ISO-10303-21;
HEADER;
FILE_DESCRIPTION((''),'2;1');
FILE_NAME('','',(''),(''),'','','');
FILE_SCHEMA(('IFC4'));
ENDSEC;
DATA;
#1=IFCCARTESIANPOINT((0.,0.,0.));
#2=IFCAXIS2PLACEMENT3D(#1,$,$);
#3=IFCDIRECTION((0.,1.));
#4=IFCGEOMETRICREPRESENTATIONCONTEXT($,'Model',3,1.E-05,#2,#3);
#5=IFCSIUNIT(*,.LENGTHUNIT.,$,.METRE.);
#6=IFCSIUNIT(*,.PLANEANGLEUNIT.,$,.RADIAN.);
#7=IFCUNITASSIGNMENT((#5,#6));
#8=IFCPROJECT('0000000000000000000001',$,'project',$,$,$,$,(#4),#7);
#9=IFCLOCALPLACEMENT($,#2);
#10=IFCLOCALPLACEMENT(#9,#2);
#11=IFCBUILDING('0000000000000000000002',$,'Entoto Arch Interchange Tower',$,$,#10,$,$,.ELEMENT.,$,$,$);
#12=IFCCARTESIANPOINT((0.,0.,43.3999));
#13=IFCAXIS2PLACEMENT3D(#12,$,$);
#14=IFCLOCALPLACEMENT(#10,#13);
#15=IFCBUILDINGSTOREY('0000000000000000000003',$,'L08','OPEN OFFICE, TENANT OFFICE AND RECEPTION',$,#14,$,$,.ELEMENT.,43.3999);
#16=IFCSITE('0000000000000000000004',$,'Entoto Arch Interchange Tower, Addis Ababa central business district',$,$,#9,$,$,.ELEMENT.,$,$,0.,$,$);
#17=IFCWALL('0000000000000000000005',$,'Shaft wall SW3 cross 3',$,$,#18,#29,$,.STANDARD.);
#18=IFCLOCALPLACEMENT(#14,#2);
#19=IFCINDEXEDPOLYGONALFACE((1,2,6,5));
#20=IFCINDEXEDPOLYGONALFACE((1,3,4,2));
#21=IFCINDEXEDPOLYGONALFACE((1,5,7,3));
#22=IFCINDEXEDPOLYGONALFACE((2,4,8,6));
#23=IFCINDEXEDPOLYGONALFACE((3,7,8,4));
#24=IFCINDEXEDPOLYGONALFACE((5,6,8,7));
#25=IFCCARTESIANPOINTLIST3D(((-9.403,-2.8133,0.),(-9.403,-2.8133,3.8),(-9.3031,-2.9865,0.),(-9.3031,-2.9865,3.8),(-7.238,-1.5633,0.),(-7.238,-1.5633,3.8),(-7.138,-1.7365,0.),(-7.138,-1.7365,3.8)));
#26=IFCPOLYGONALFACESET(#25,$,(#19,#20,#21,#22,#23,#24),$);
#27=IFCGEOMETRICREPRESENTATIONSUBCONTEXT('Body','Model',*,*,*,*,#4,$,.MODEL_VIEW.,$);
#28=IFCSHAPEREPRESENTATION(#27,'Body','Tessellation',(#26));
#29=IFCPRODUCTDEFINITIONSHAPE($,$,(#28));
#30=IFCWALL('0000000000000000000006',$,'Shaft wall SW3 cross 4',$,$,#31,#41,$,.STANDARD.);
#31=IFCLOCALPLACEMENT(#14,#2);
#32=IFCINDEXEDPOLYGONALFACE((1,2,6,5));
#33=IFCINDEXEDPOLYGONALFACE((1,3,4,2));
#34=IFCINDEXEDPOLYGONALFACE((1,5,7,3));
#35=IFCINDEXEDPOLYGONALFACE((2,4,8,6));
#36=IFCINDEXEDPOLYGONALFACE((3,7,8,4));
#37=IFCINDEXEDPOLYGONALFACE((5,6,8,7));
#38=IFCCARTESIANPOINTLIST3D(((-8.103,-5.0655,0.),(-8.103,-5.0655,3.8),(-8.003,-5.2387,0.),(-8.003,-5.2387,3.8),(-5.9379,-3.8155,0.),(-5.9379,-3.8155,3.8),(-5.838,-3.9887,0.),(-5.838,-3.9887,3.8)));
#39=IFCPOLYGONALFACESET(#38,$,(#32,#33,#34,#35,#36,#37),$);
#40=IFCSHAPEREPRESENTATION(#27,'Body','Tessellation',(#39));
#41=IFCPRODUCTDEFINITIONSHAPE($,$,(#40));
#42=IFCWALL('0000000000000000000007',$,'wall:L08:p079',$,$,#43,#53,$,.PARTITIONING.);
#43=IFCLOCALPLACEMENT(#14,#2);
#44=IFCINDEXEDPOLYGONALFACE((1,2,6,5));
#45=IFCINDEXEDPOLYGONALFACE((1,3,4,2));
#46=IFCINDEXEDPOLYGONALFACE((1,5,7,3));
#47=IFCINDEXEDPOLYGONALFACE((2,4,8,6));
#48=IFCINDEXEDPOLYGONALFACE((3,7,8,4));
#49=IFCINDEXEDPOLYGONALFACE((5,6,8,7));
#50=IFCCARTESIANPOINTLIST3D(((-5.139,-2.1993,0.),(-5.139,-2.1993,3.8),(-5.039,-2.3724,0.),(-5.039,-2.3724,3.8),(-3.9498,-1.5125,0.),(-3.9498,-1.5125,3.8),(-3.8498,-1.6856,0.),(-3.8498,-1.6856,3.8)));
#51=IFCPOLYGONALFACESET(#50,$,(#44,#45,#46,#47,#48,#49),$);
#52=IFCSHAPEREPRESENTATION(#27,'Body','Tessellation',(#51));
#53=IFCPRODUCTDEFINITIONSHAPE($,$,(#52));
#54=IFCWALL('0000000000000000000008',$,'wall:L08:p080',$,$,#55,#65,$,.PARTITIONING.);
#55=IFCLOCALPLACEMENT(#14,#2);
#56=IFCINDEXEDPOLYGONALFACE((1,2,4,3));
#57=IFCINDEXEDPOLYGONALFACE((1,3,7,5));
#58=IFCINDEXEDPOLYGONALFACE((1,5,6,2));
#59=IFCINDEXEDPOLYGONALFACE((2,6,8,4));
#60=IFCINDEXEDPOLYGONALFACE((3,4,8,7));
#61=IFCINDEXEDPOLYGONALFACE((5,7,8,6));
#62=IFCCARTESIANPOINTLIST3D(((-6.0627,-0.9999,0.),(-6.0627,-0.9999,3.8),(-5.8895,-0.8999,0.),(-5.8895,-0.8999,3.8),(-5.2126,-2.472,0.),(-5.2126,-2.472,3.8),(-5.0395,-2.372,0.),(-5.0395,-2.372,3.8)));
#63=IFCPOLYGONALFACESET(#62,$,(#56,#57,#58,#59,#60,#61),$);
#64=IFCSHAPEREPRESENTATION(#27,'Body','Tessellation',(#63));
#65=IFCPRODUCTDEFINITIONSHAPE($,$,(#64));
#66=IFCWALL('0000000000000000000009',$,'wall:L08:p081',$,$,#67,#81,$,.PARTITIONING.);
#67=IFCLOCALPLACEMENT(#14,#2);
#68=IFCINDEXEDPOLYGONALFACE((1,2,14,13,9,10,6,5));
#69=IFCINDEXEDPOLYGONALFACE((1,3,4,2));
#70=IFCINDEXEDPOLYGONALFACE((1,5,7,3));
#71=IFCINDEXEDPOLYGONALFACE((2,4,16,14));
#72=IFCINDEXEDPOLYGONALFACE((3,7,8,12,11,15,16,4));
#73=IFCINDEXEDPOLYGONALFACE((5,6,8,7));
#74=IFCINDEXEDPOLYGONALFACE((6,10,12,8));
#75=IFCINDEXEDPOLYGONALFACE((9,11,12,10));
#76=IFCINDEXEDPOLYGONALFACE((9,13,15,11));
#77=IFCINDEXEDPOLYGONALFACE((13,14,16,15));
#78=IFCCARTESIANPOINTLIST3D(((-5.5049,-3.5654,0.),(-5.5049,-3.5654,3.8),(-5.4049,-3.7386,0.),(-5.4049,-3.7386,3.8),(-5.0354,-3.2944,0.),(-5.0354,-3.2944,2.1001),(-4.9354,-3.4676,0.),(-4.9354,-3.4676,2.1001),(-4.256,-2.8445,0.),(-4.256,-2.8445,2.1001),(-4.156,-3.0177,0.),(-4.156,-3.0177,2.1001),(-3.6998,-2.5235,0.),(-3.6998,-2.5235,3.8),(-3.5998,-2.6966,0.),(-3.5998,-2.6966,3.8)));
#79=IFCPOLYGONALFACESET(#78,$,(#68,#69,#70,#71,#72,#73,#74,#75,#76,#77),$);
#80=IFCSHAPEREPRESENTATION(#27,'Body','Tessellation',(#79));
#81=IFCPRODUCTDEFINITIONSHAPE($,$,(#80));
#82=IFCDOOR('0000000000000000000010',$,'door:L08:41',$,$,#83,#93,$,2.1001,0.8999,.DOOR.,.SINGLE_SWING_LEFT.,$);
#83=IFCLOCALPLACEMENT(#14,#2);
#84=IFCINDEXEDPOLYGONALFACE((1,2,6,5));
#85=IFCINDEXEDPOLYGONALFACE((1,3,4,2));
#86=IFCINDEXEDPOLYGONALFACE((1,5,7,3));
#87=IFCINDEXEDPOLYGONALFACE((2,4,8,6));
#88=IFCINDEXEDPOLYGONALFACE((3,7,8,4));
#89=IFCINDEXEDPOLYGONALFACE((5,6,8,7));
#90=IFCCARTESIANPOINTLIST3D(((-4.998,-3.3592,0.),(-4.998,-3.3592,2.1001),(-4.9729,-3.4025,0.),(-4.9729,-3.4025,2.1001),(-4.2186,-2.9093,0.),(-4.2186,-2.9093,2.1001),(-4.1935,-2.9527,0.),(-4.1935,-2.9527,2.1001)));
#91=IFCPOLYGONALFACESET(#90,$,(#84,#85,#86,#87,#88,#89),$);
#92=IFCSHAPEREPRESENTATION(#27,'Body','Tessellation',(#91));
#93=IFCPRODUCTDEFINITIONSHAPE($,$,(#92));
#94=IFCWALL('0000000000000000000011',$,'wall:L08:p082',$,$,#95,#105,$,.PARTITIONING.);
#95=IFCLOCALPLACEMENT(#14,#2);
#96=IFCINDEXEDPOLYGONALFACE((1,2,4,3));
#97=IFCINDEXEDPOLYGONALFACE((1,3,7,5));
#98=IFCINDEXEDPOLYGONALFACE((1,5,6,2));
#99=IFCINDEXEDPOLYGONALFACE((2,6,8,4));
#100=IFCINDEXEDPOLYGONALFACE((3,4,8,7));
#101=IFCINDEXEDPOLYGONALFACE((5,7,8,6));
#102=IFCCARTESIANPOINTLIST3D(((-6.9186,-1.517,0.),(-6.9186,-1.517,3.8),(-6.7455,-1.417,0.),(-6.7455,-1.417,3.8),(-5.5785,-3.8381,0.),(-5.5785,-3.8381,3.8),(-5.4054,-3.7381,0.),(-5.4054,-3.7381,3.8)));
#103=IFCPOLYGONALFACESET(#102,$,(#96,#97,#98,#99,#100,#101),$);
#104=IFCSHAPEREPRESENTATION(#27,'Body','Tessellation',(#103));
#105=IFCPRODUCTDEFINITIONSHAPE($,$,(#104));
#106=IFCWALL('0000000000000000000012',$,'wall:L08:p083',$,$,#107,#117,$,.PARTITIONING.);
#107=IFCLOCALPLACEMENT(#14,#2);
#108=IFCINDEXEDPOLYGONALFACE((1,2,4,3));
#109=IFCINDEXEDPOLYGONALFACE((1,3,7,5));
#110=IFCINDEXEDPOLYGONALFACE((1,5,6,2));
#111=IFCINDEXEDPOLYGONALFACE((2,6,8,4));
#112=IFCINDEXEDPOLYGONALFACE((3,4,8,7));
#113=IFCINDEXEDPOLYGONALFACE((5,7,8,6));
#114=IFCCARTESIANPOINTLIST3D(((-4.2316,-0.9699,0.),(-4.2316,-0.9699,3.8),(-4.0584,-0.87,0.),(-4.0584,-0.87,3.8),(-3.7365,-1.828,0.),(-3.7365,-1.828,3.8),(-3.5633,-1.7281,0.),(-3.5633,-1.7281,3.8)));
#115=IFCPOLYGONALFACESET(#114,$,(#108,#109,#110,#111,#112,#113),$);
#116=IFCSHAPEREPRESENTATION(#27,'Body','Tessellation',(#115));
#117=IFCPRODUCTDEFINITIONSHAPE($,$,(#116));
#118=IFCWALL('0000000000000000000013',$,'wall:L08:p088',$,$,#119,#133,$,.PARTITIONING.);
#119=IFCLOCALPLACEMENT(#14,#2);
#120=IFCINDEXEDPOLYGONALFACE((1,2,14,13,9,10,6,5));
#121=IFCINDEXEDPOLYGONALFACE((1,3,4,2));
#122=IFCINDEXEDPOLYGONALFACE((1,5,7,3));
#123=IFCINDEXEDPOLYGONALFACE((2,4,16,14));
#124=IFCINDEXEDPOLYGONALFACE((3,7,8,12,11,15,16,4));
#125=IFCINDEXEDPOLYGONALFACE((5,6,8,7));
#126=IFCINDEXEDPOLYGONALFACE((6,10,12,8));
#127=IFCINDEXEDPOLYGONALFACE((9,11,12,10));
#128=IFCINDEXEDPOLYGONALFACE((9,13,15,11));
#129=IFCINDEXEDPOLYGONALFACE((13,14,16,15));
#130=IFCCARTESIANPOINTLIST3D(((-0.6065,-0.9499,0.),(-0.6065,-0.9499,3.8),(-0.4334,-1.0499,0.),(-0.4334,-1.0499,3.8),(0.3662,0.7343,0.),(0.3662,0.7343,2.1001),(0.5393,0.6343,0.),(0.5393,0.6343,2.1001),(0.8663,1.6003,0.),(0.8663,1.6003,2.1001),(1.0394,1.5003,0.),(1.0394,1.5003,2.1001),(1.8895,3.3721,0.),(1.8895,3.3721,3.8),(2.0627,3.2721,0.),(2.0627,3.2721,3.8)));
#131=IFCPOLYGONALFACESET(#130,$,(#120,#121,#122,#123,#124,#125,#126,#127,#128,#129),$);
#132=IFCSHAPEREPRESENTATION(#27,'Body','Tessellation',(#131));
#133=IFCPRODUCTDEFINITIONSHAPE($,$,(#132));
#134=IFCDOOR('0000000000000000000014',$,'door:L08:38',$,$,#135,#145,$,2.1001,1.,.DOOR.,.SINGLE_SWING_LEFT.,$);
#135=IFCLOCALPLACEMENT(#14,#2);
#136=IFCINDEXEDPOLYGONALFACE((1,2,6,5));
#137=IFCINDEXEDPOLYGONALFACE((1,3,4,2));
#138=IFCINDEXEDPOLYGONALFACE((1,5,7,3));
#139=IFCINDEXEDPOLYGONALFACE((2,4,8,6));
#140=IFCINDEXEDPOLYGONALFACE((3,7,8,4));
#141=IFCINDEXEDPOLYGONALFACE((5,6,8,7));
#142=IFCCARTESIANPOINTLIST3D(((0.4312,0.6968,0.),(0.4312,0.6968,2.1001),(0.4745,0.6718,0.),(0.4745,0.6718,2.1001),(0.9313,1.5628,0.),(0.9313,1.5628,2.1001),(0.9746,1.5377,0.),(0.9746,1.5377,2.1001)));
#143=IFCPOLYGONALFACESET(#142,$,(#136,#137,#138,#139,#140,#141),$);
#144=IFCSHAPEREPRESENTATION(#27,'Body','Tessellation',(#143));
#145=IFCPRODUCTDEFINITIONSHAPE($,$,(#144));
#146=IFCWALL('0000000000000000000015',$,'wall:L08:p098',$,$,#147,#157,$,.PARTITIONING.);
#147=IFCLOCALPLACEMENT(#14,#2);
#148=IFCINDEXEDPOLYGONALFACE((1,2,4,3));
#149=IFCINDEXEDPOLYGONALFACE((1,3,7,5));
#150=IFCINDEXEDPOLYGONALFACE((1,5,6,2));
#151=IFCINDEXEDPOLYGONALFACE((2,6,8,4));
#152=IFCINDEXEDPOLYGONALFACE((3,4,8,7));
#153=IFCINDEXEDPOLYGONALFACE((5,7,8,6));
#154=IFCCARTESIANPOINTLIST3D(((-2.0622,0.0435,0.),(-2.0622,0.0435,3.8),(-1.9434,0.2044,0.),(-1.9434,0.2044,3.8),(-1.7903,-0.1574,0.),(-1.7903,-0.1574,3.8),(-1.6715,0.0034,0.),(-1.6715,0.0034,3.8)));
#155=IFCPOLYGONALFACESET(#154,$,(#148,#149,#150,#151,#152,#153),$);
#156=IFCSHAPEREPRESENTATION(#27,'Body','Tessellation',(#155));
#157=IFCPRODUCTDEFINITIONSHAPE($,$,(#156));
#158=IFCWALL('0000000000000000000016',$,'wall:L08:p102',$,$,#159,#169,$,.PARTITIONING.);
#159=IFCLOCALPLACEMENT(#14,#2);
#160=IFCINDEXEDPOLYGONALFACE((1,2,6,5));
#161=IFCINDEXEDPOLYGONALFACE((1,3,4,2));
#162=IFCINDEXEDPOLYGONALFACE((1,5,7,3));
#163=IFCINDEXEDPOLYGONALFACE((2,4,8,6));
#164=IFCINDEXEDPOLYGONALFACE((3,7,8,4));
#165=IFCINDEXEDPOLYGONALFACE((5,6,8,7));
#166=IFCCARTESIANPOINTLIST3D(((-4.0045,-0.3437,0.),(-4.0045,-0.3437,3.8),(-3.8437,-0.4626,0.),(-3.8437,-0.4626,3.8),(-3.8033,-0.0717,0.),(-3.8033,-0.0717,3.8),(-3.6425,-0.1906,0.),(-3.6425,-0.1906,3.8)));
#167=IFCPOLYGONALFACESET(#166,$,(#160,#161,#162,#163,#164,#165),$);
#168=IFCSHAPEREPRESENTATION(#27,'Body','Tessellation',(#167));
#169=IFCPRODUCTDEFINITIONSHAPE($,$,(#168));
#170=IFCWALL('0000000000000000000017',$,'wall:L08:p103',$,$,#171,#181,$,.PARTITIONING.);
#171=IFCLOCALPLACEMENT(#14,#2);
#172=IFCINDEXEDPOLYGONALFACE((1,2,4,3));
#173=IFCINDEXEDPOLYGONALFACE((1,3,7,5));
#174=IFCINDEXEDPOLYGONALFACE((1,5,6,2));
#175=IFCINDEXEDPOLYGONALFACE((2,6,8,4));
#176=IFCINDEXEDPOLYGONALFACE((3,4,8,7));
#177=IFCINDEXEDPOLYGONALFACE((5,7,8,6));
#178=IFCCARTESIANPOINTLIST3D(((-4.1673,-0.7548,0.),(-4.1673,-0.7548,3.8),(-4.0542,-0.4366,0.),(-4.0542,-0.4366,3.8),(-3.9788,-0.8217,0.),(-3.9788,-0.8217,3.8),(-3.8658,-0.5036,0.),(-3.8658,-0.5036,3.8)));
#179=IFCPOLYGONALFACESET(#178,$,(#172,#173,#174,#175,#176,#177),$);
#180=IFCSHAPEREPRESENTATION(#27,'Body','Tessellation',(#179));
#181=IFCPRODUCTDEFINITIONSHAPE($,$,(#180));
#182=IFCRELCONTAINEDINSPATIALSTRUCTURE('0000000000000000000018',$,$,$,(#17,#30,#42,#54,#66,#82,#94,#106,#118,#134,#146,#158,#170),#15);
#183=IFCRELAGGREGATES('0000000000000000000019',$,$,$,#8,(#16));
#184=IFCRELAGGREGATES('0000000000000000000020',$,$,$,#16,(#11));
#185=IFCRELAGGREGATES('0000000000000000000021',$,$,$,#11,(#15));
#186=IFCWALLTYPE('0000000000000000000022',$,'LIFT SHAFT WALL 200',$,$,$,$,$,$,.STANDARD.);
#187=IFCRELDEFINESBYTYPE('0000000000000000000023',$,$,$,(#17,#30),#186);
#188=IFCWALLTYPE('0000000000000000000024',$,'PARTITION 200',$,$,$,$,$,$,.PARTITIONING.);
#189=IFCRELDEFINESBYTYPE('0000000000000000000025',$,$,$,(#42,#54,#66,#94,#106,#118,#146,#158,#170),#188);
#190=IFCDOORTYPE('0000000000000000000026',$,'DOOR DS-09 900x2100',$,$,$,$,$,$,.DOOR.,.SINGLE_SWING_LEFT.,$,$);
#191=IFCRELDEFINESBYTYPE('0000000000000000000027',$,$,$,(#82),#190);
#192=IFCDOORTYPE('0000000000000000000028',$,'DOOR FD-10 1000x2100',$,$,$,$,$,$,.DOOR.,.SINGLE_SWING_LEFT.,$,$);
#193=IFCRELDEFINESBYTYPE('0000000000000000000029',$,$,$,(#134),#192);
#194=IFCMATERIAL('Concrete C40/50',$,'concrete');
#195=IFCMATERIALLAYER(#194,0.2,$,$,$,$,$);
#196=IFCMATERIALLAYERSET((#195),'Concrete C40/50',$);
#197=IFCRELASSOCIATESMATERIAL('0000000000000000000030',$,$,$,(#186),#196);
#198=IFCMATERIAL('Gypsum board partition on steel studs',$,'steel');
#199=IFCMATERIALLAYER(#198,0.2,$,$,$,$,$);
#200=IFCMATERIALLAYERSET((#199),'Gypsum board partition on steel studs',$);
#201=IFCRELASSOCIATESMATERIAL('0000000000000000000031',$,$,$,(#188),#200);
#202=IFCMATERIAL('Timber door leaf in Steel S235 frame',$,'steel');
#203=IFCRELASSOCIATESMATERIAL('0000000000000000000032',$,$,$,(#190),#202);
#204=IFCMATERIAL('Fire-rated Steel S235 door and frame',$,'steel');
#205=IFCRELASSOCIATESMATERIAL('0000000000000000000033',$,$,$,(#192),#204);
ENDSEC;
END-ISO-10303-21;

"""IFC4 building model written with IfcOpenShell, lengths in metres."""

from ifc_helpers import new_model, si_unit, direction, frame, frame_2d, origin, place, context, subcontext, project, spatial, rectangle, extrude, material, layer, layer_set, type_object, element, fill, save


model = new_model("IFC4")

# Units and contexts
model_context = context("Model", 3, precision=1e-05, world=origin(), true_north=direction((0.0, 1.0)))
body_context = subcontext(model_context, "Body", "Model", "MODEL_VIEW")
ifc_project = project(units=[si_unit("LENGTHUNIT", "METRE"), si_unit("PLANEANGLEUNIT", "RADIAN")], contexts=[model_context])

# Site, building, storey
site_placement = place(None, origin())
site = spatial("IfcSite", under=ifc_project, at=site_placement, Name="Entoto Arch Interchange Tower, Addis Ababa central business district", CompositionType="ELEMENT", RefElevation=0.0)
building_placement = place(site_placement, origin())
building = spatial("IfcBuilding", under=site, at=building_placement, Name="Entoto Arch Interchange Tower", CompositionType="ELEMENT")
storey_placement = place(building_placement, frame((0.0, 0.0, 43.3999)))
storey = spatial("IfcBuildingStorey", under=building, at=storey_placement, Name="L08", Description="OPEN OFFICE, TENANT OFFICE AND RECEPTION", CompositionType="ELEMENT", Elevation=43.3999)

# Shared definitions
ifc_material_1 = material(Name="Concrete C40/50", Category="concrete")

# Walls
ifc_layer_1 = layer(ifc_material_1, 0.2)
ifc_layer_set_1 = layer_set([ifc_layer_1], Name="Concrete C40/50")
wall_type_1 = type_object("IfcWallType", Name="LIFT SHAFT WALL 200", PredefinedType="STANDARD", material=ifc_layer_set_1)
for number, where, z_axis, x_axis, name in (
    (1, (-7.188, -1.6499, 0.0), (0.0, 0.0, 1.0), (-0.866023, -0.500004, 0.0), "Shaft wall SW3 cross 3"),
    (2, (-5.8879, -3.9021, 0.0), (0.0, 0.0, 1.0), (-0.866023, -0.500004, 0.0), "Shaft wall SW3 cross 4"),
):
    element("IfcWall", number, at=place(storey_placement, frame(where, z_axis=z_axis, x_axis=x_axis)), inside=storey, type_object=wall_type_1, Name=name, PredefinedType="STANDARD", context=body_context, shape_type="SweptSolid", body=[
        extrude(rectangle(XDim=2.5, YDim=0.2, at=frame_2d((1.25, 0.0))), origin(), (0.0, 0.0, 1.0), 3.8),
    ])
ifc_material_2 = material(Name="Gypsum board partition on steel studs", Category="steel")
ifc_layer_2 = layer(ifc_material_2, 0.2)
ifc_layer_set_2 = layer_set([ifc_layer_2], Name="Gypsum board partition on steel studs")
wall_type_2 = type_object("IfcWallType", Name="PARTITION 200", PredefinedType="PARTITIONING", material=ifc_layer_set_2)
wall_1_placement = place(storey_placement, frame((-3.8999, -1.5991, 0.0), z_axis=(0.0, 0.0, 1.0), x_axis=(-0.865969, -0.500097, 0.0)))
element("IfcWall", 3, at=wall_1_placement, inside=storey, type_object=wall_type_2, Name="wall:L08:p079", PredefinedType="PARTITIONING", context=body_context, shape_type="SweptSolid", body=[
    extrude(rectangle(XDim=1.3733, YDim=0.2, at=frame_2d((0.6865, 0.0))), origin(), (0.0, 0.0, 1.0), 3.8),
])
wall_2_placement = place(storey_placement, frame((-5.126, -2.4221, 0.0), z_axis=(0.0, 0.0, 1.0), x_axis=(-0.500062, 0.865989, 0.0)))
element("IfcWall", 4, at=wall_2_placement, inside=storey, type_object=wall_type_2, Name="wall:L08:p080", PredefinedType="PARTITIONING", context=body_context, shape_type="SweptSolid", body=[
    extrude(rectangle(XDim=1.7, YDim=0.2, at=frame_2d((0.8501, 0.0))), origin(), (0.0, 0.0, 1.0), 3.8),
])

# Wall, opening, door
wall_3_placement = place(storey_placement, frame((-3.6499, -2.6101, 0.0), z_axis=(0.0, 0.0, 1.0), x_axis=(-0.866072, -0.499918, 0.0)))
wall_3 = element("IfcWall", 5, at=wall_3_placement, inside=storey, type_object=wall_type_2, Name="wall:L08:p081", PredefinedType="PARTITIONING", context=body_context, shape_type="SweptSolid", body=[
    extrude(rectangle(XDim=2.0842, YDim=0.2, at=frame_2d((1.042, 0.0))), origin(), (0.0, 0.0, 1.0), 3.8),
])
opening_1_placement = place(wall_3_placement, frame((0.6421, 0.0, 0.0)))
opening_1 = element("IfcOpeningElement", 6, at=opening_1_placement, cuts=wall_3, PredefinedType="OPENING", context=body_context, shape_type="SweptSolid", body=[
    extrude(rectangle(XDim=0.8999, YDim=2.1001, at=frame_2d((0.45, 1.05))), frame((0.0, 0.1099, 0.0), z_axis=(0.0, -1.0, 0.0), x_axis=(1.0, 0.0, 0.0)), (0.0, 0.0, 1.0), 0.22),
])
ifc_material_3 = material(Name="Timber door leaf in Steel S235 frame", Category="steel")
door_type_1 = type_object("IfcDoorType", Name="DOOR DS-09 900x2100", OperationType="SINGLE_SWING_LEFT", PredefinedType="DOOR", material=ifc_material_3)
door_1_placement = place(opening_1_placement, origin())
door_1 = element("IfcDoor", 7, at=door_1_placement, inside=storey, type_object=door_type_1, Name="door:L08:41", OperationType="SINGLE_SWING_LEFT", OverallHeight=2.1001, OverallWidth=0.8999, PredefinedType="DOOR", context=body_context, shape_type="SweptSolid", body=[
    extrude(rectangle(XDim=0.8999, YDim=2.1001, at=frame_2d((0.45, 1.05))), frame((0.0, 0.0249, 0.0), z_axis=(0.0, -1.0, 0.0), x_axis=(1.0, 0.0, 0.0)), (0.0, 0.0, 1.0), 0.05),
])
fill(opening_1, door_1)

# Walls
wall_4_placement = place(storey_placement, frame((-5.4919, -3.7881, 0.0), z_axis=(0.0, 0.0, 1.0), x_axis=(-0.500009, 0.86602, 0.0)))
element("IfcWall", 8, at=wall_4_placement, inside=storey, type_object=wall_type_2, Name="wall:L08:p082", PredefinedType="PARTITIONING", context=body_context, shape_type="SweptSolid", body=[
    extrude(rectangle(XDim=2.6802, YDim=0.2, at=frame_2d((1.3401, 0.0))), origin(), (0.0, 0.0, 1.0), 3.8),
])
wall_5_placement = place(storey_placement, frame((-4.145, -0.9199, 0.0), z_axis=(0.0, 0.0, 1.0), x_axis=(0.499744, -0.866173, 0.0)))
element("IfcWall", 9, at=wall_5_placement, inside=storey, type_object=wall_type_2, Name="wall:L08:p083", PredefinedType="PARTITIONING", context=body_context, shape_type="SweptSolid", body=[
    extrude(rectangle(XDim=0.9907, YDim=0.2, at=frame_2d((0.4954, 0.0))), origin(), (0.0, 0.0, 1.0), 3.8),
])

# Wall, opening, door
wall_6_placement = place(storey_placement, frame((-0.52, -1.0, 0.0), z_axis=(0.0, 0.0, 1.0), x_axis=(0.500116, 0.865958, 0.0)))
wall_6 = element("IfcWall", 10, at=wall_6_placement, inside=storey, type_object=wall_type_2, Name="wall:L08:p088", PredefinedType="PARTITIONING", context=body_context, shape_type="SweptSolid", body=[
    extrude(rectangle(XDim=4.991, YDim=0.2, at=frame_2d((2.4956, 0.0))), origin(), (0.0, 0.0, 1.0), 3.8),
])
opening_2_placement = place(wall_6_placement, frame((1.9451, 0.0, 0.0)))
opening_2 = element("IfcOpeningElement", 11, at=opening_2_placement, cuts=wall_6, PredefinedType="OPENING", context=body_context, shape_type="SweptSolid", body=[
    extrude(rectangle(XDim=1.0, YDim=2.1001, at=frame_2d((0.5, 1.05))), frame((0.0, 0.1099, 0.0), z_axis=(0.0, -1.0, 0.0), x_axis=(1.0, 0.0, 0.0)), (0.0, 0.0, 1.0), 0.22),
])
ifc_material_4 = material(Name="Fire-rated Steel S235 door and frame", Category="steel")
door_type_2 = type_object("IfcDoorType", Name="DOOR FD-10 1000x2100", OperationType="SINGLE_SWING_LEFT", PredefinedType="DOOR", material=ifc_material_4)
door_2_placement = place(opening_2_placement, origin())
door_2 = element("IfcDoor", 12, at=door_2_placement, inside=storey, type_object=door_type_2, Name="door:L08:38", OperationType="SINGLE_SWING_LEFT", OverallHeight=2.1001, OverallWidth=1.0, PredefinedType="DOOR", context=body_context, shape_type="SweptSolid", body=[
    extrude(rectangle(XDim=1.0, YDim=2.1001, at=frame_2d((0.5, 1.05))), frame((0.0, 0.0249, 0.0), z_axis=(0.0, -1.0, 0.0), x_axis=(1.0, 0.0, 0.0)), (0.0, 0.0, 1.0), 0.05),
])
fill(opening_2, door_2)

# Walls
wall_7_placement = place(storey_placement, frame((-1.731, -0.0769, 0.0), z_axis=(0.0, 0.0, 1.0), x_axis=(-0.804311, 0.594208, 0.0)))
element("IfcWall", 13, at=wall_7_placement, inside=storey, type_object=wall_type_2, Name="wall:L08:p098", PredefinedType="PARTITIONING", context=body_context, shape_type="SweptSolid", body=[
    extrude(rectangle(XDim=0.3381, YDim=0.2, at=frame_2d((0.1689, 0.0))), origin(), (0.0, 0.0, 1.0), 3.8),
])
wall_8_placement = place(storey_placement, frame((-3.7229, -0.1311, 0.0), z_axis=(0.0, 0.0, 1.0), x_axis=(-0.594675, -0.803966, 0.0)))
element("IfcWall", 14, at=wall_8_placement, inside=storey, type_object=wall_type_2, Name="wall:L08:p102", PredefinedType="PARTITIONING", context=body_context, shape_type="SweptSolid", body=[
    extrude(rectangle(XDim=0.3384, YDim=0.2, at=frame_2d((0.1692, 0.0))), origin(), (0.0, 0.0, 1.0), 3.8),
])
wall_9_placement = place(storey_placement, frame((-3.96, -0.47, 0.0), z_axis=(0.0, 0.0, 1.0), x_axis=(-0.334824, -0.942281, 0.0)))
element("IfcWall", 15, at=wall_9_placement, inside=storey, type_object=wall_type_2, Name="wall:L08:p103", PredefinedType="PARTITIONING", context=body_context, shape_type="SweptSolid", body=[
    extrude(rectangle(XDim=0.3376, YDim=0.2, at=frame_2d((0.1689, 0.0))), origin(), (0.0, 0.0, 1.0), 3.8),
])

save(model, "model.ifc")
